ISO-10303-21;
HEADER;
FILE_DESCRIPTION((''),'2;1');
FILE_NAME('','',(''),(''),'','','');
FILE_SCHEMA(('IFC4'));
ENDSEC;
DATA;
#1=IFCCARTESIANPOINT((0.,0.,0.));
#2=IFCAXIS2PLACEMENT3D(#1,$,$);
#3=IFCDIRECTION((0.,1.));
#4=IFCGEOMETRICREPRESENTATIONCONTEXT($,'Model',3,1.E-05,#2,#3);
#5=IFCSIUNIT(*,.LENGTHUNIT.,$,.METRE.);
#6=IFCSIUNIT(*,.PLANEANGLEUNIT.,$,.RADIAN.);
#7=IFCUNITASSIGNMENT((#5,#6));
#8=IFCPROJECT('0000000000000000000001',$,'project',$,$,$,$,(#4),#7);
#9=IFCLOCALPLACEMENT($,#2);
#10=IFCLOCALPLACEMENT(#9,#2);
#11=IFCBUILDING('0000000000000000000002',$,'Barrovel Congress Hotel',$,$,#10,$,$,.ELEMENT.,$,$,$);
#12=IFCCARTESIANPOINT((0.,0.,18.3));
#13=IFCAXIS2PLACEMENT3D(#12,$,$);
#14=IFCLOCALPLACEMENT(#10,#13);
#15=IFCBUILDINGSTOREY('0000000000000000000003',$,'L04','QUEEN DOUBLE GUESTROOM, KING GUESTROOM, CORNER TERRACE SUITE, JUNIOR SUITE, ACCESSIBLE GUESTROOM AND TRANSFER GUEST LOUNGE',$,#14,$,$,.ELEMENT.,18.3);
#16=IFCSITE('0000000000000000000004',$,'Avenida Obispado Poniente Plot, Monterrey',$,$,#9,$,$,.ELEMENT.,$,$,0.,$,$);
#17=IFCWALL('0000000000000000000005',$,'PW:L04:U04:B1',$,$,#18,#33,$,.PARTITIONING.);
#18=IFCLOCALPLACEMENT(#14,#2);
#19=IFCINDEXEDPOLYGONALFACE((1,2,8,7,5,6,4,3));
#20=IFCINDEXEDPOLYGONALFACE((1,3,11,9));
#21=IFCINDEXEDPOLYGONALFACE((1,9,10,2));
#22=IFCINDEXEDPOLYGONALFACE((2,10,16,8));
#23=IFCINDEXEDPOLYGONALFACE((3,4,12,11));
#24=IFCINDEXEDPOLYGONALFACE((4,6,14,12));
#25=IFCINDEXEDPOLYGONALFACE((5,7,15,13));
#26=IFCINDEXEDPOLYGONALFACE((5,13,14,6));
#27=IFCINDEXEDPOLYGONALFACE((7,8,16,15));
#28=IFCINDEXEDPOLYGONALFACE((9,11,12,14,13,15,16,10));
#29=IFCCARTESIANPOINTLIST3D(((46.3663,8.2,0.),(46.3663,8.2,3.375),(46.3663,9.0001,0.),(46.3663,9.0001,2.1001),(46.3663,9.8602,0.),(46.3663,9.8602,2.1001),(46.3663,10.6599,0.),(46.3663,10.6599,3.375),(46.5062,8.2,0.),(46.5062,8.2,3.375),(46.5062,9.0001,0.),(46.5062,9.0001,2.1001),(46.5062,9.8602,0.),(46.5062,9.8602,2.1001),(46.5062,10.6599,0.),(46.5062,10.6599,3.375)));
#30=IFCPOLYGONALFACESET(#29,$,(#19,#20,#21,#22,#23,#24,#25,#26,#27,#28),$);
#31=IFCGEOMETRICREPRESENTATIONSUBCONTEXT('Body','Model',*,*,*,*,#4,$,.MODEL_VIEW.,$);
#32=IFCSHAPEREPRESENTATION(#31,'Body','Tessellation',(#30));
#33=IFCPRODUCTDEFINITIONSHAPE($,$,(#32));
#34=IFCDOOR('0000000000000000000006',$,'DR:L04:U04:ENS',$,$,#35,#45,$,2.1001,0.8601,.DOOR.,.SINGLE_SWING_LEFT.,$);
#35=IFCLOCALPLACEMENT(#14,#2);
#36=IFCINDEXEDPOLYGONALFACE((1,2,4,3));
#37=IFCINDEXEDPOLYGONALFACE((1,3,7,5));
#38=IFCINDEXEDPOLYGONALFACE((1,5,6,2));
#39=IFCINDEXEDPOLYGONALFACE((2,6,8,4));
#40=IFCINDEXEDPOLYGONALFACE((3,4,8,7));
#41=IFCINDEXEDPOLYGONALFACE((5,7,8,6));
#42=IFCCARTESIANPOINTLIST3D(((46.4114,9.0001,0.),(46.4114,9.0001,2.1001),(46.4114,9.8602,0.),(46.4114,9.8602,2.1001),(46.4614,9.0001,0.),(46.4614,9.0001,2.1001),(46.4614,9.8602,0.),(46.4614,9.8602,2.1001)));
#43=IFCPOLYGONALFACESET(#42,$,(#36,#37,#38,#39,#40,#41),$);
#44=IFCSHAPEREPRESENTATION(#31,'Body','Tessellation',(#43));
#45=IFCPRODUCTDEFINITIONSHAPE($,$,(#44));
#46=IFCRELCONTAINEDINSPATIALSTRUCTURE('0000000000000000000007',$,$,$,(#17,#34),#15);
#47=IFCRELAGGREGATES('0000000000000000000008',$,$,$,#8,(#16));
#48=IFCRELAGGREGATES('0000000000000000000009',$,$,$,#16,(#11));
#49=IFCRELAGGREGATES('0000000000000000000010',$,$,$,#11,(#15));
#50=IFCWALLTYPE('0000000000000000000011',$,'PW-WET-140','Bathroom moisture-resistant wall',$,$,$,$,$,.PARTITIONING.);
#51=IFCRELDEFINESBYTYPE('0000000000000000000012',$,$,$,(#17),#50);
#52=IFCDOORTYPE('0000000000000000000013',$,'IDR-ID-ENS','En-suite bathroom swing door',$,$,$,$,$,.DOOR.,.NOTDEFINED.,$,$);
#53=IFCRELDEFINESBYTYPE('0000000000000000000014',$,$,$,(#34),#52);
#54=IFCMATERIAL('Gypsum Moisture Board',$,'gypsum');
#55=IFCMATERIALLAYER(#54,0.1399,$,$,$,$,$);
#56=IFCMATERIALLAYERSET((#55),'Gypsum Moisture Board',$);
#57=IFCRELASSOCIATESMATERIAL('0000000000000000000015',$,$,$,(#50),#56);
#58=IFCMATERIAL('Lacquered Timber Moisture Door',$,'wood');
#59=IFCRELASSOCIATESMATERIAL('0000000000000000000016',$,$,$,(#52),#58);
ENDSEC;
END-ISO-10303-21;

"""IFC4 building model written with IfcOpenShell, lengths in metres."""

from ifc_helpers import new_model, si_unit, direction, frame, frame_2d, origin, place, context, subcontext, project, spatial, rectangle, extrude, material, layer, layer_set, type_object, element, fill, save


model = new_model("IFC4")

# Units and contexts
model_context = context("Model", 3, precision=1e-05, world=origin(), true_north=direction((0.0, 1.0)))
body_context = subcontext(model_context, "Body", "Model", "MODEL_VIEW")
ifc_project = project(units=[si_unit("LENGTHUNIT", "METRE"), si_unit("PLANEANGLEUNIT", "RADIAN")], contexts=[model_context])

# Site, building, storey
site_placement = place(None, origin())
site = spatial("IfcSite", under=ifc_project, at=site_placement, Name="Avenida Obispado Poniente Plot, Monterrey", CompositionType="ELEMENT", RefElevation=0.0)
building_placement = place(site_placement, origin())
building = spatial("IfcBuilding", under=site, at=building_placement, Name="Barrovel Congress Hotel", CompositionType="ELEMENT")
storey_placement = place(building_placement, frame((0.0, 0.0, 18.3)))
storey = spatial("IfcBuildingStorey", under=building, at=storey_placement, Name="L04", Description="QUEEN DOUBLE GUESTROOM, KING GUESTROOM, CORNER TERRACE SUITE, JUNIOR SUITE, ACCESSIBLE GUESTROOM AND TRANSFER GUEST LOUNGE", CompositionType="ELEMENT", Elevation=18.3)

# Wall, opening, door
ifc_material_1 = material(Name="Gypsum Moisture Board", Category="gypsum")
ifc_layer_1 = layer(ifc_material_1, 0.1399)
ifc_layer_set_1 = layer_set([ifc_layer_1], Name="Gypsum Moisture Board")
wall_type_1 = type_object("IfcWallType", Name="PW-WET-140", Description="Bathroom moisture-resistant wall", PredefinedType="PARTITIONING", material=ifc_layer_set_1)
wall_1_placement = place(storey_placement, frame((46.4363, 8.2, 0.0), z_axis=(0.0, 0.0, 1.0), x_axis=(0.0, 1.0, 0.0)))
wall_1 = element("IfcWall", 1, at=wall_1_placement, inside=storey, type_object=wall_type_1, Name="PW:L04:U04:B1", PredefinedType="PARTITIONING", context=body_context, shape_type="SweptSolid", body=[
    extrude(rectangle(XDim=2.46, YDim=0.1399, at=frame_2d((1.23, 0.0))), origin(), (0.0, 0.0, 1.0), 3.375),
])
opening_1_placement = place(wall_1_placement, frame((0.8, 0.0, 0.0)))
opening_1 = element("IfcOpeningElement", 2, at=opening_1_placement, cuts=wall_1, PredefinedType="OPENING", context=body_context, shape_type="SweptSolid", body=[
    extrude(rectangle(XDim=0.8601, YDim=2.1001, at=frame_2d((0.4302, 1.05))), frame((0.0, 0.0801, 0.0), z_axis=(0.0, -1.0, 0.0), x_axis=(1.0, 0.0, 0.0)), (0.0, 0.0, 1.0), 0.1599),
])
ifc_material_2 = material(Name="Lacquered Timber Moisture Door", Category="wood")
door_type_1 = type_object("IfcDoorType", Name="IDR-ID-ENS", Description="En-suite bathroom swing door", OperationType="NOTDEFINED", PredefinedType="DOOR", material=ifc_material_2)
door_1_placement = place(opening_1_placement, origin())
door_1 = element("IfcDoor", 3, at=door_1_placement, inside=storey, type_object=door_type_1, Name="DR:L04:U04:ENS", OperationType="SINGLE_SWING_LEFT", OverallHeight=2.1001, OverallWidth=0.8601, PredefinedType="DOOR", context=body_context, shape_type="SweptSolid", body=[
    extrude(rectangle(XDim=0.8601, YDim=2.1001, at=frame_2d((0.4302, 1.05))), frame((0.0, 0.0249, 0.0), z_axis=(0.0, -1.0, 0.0), x_axis=(1.0, 0.0, 0.0)), (0.0, 0.0, 1.0), 0.05),
])
fill(opening_1, door_1)

save(model, "model.ifc")
